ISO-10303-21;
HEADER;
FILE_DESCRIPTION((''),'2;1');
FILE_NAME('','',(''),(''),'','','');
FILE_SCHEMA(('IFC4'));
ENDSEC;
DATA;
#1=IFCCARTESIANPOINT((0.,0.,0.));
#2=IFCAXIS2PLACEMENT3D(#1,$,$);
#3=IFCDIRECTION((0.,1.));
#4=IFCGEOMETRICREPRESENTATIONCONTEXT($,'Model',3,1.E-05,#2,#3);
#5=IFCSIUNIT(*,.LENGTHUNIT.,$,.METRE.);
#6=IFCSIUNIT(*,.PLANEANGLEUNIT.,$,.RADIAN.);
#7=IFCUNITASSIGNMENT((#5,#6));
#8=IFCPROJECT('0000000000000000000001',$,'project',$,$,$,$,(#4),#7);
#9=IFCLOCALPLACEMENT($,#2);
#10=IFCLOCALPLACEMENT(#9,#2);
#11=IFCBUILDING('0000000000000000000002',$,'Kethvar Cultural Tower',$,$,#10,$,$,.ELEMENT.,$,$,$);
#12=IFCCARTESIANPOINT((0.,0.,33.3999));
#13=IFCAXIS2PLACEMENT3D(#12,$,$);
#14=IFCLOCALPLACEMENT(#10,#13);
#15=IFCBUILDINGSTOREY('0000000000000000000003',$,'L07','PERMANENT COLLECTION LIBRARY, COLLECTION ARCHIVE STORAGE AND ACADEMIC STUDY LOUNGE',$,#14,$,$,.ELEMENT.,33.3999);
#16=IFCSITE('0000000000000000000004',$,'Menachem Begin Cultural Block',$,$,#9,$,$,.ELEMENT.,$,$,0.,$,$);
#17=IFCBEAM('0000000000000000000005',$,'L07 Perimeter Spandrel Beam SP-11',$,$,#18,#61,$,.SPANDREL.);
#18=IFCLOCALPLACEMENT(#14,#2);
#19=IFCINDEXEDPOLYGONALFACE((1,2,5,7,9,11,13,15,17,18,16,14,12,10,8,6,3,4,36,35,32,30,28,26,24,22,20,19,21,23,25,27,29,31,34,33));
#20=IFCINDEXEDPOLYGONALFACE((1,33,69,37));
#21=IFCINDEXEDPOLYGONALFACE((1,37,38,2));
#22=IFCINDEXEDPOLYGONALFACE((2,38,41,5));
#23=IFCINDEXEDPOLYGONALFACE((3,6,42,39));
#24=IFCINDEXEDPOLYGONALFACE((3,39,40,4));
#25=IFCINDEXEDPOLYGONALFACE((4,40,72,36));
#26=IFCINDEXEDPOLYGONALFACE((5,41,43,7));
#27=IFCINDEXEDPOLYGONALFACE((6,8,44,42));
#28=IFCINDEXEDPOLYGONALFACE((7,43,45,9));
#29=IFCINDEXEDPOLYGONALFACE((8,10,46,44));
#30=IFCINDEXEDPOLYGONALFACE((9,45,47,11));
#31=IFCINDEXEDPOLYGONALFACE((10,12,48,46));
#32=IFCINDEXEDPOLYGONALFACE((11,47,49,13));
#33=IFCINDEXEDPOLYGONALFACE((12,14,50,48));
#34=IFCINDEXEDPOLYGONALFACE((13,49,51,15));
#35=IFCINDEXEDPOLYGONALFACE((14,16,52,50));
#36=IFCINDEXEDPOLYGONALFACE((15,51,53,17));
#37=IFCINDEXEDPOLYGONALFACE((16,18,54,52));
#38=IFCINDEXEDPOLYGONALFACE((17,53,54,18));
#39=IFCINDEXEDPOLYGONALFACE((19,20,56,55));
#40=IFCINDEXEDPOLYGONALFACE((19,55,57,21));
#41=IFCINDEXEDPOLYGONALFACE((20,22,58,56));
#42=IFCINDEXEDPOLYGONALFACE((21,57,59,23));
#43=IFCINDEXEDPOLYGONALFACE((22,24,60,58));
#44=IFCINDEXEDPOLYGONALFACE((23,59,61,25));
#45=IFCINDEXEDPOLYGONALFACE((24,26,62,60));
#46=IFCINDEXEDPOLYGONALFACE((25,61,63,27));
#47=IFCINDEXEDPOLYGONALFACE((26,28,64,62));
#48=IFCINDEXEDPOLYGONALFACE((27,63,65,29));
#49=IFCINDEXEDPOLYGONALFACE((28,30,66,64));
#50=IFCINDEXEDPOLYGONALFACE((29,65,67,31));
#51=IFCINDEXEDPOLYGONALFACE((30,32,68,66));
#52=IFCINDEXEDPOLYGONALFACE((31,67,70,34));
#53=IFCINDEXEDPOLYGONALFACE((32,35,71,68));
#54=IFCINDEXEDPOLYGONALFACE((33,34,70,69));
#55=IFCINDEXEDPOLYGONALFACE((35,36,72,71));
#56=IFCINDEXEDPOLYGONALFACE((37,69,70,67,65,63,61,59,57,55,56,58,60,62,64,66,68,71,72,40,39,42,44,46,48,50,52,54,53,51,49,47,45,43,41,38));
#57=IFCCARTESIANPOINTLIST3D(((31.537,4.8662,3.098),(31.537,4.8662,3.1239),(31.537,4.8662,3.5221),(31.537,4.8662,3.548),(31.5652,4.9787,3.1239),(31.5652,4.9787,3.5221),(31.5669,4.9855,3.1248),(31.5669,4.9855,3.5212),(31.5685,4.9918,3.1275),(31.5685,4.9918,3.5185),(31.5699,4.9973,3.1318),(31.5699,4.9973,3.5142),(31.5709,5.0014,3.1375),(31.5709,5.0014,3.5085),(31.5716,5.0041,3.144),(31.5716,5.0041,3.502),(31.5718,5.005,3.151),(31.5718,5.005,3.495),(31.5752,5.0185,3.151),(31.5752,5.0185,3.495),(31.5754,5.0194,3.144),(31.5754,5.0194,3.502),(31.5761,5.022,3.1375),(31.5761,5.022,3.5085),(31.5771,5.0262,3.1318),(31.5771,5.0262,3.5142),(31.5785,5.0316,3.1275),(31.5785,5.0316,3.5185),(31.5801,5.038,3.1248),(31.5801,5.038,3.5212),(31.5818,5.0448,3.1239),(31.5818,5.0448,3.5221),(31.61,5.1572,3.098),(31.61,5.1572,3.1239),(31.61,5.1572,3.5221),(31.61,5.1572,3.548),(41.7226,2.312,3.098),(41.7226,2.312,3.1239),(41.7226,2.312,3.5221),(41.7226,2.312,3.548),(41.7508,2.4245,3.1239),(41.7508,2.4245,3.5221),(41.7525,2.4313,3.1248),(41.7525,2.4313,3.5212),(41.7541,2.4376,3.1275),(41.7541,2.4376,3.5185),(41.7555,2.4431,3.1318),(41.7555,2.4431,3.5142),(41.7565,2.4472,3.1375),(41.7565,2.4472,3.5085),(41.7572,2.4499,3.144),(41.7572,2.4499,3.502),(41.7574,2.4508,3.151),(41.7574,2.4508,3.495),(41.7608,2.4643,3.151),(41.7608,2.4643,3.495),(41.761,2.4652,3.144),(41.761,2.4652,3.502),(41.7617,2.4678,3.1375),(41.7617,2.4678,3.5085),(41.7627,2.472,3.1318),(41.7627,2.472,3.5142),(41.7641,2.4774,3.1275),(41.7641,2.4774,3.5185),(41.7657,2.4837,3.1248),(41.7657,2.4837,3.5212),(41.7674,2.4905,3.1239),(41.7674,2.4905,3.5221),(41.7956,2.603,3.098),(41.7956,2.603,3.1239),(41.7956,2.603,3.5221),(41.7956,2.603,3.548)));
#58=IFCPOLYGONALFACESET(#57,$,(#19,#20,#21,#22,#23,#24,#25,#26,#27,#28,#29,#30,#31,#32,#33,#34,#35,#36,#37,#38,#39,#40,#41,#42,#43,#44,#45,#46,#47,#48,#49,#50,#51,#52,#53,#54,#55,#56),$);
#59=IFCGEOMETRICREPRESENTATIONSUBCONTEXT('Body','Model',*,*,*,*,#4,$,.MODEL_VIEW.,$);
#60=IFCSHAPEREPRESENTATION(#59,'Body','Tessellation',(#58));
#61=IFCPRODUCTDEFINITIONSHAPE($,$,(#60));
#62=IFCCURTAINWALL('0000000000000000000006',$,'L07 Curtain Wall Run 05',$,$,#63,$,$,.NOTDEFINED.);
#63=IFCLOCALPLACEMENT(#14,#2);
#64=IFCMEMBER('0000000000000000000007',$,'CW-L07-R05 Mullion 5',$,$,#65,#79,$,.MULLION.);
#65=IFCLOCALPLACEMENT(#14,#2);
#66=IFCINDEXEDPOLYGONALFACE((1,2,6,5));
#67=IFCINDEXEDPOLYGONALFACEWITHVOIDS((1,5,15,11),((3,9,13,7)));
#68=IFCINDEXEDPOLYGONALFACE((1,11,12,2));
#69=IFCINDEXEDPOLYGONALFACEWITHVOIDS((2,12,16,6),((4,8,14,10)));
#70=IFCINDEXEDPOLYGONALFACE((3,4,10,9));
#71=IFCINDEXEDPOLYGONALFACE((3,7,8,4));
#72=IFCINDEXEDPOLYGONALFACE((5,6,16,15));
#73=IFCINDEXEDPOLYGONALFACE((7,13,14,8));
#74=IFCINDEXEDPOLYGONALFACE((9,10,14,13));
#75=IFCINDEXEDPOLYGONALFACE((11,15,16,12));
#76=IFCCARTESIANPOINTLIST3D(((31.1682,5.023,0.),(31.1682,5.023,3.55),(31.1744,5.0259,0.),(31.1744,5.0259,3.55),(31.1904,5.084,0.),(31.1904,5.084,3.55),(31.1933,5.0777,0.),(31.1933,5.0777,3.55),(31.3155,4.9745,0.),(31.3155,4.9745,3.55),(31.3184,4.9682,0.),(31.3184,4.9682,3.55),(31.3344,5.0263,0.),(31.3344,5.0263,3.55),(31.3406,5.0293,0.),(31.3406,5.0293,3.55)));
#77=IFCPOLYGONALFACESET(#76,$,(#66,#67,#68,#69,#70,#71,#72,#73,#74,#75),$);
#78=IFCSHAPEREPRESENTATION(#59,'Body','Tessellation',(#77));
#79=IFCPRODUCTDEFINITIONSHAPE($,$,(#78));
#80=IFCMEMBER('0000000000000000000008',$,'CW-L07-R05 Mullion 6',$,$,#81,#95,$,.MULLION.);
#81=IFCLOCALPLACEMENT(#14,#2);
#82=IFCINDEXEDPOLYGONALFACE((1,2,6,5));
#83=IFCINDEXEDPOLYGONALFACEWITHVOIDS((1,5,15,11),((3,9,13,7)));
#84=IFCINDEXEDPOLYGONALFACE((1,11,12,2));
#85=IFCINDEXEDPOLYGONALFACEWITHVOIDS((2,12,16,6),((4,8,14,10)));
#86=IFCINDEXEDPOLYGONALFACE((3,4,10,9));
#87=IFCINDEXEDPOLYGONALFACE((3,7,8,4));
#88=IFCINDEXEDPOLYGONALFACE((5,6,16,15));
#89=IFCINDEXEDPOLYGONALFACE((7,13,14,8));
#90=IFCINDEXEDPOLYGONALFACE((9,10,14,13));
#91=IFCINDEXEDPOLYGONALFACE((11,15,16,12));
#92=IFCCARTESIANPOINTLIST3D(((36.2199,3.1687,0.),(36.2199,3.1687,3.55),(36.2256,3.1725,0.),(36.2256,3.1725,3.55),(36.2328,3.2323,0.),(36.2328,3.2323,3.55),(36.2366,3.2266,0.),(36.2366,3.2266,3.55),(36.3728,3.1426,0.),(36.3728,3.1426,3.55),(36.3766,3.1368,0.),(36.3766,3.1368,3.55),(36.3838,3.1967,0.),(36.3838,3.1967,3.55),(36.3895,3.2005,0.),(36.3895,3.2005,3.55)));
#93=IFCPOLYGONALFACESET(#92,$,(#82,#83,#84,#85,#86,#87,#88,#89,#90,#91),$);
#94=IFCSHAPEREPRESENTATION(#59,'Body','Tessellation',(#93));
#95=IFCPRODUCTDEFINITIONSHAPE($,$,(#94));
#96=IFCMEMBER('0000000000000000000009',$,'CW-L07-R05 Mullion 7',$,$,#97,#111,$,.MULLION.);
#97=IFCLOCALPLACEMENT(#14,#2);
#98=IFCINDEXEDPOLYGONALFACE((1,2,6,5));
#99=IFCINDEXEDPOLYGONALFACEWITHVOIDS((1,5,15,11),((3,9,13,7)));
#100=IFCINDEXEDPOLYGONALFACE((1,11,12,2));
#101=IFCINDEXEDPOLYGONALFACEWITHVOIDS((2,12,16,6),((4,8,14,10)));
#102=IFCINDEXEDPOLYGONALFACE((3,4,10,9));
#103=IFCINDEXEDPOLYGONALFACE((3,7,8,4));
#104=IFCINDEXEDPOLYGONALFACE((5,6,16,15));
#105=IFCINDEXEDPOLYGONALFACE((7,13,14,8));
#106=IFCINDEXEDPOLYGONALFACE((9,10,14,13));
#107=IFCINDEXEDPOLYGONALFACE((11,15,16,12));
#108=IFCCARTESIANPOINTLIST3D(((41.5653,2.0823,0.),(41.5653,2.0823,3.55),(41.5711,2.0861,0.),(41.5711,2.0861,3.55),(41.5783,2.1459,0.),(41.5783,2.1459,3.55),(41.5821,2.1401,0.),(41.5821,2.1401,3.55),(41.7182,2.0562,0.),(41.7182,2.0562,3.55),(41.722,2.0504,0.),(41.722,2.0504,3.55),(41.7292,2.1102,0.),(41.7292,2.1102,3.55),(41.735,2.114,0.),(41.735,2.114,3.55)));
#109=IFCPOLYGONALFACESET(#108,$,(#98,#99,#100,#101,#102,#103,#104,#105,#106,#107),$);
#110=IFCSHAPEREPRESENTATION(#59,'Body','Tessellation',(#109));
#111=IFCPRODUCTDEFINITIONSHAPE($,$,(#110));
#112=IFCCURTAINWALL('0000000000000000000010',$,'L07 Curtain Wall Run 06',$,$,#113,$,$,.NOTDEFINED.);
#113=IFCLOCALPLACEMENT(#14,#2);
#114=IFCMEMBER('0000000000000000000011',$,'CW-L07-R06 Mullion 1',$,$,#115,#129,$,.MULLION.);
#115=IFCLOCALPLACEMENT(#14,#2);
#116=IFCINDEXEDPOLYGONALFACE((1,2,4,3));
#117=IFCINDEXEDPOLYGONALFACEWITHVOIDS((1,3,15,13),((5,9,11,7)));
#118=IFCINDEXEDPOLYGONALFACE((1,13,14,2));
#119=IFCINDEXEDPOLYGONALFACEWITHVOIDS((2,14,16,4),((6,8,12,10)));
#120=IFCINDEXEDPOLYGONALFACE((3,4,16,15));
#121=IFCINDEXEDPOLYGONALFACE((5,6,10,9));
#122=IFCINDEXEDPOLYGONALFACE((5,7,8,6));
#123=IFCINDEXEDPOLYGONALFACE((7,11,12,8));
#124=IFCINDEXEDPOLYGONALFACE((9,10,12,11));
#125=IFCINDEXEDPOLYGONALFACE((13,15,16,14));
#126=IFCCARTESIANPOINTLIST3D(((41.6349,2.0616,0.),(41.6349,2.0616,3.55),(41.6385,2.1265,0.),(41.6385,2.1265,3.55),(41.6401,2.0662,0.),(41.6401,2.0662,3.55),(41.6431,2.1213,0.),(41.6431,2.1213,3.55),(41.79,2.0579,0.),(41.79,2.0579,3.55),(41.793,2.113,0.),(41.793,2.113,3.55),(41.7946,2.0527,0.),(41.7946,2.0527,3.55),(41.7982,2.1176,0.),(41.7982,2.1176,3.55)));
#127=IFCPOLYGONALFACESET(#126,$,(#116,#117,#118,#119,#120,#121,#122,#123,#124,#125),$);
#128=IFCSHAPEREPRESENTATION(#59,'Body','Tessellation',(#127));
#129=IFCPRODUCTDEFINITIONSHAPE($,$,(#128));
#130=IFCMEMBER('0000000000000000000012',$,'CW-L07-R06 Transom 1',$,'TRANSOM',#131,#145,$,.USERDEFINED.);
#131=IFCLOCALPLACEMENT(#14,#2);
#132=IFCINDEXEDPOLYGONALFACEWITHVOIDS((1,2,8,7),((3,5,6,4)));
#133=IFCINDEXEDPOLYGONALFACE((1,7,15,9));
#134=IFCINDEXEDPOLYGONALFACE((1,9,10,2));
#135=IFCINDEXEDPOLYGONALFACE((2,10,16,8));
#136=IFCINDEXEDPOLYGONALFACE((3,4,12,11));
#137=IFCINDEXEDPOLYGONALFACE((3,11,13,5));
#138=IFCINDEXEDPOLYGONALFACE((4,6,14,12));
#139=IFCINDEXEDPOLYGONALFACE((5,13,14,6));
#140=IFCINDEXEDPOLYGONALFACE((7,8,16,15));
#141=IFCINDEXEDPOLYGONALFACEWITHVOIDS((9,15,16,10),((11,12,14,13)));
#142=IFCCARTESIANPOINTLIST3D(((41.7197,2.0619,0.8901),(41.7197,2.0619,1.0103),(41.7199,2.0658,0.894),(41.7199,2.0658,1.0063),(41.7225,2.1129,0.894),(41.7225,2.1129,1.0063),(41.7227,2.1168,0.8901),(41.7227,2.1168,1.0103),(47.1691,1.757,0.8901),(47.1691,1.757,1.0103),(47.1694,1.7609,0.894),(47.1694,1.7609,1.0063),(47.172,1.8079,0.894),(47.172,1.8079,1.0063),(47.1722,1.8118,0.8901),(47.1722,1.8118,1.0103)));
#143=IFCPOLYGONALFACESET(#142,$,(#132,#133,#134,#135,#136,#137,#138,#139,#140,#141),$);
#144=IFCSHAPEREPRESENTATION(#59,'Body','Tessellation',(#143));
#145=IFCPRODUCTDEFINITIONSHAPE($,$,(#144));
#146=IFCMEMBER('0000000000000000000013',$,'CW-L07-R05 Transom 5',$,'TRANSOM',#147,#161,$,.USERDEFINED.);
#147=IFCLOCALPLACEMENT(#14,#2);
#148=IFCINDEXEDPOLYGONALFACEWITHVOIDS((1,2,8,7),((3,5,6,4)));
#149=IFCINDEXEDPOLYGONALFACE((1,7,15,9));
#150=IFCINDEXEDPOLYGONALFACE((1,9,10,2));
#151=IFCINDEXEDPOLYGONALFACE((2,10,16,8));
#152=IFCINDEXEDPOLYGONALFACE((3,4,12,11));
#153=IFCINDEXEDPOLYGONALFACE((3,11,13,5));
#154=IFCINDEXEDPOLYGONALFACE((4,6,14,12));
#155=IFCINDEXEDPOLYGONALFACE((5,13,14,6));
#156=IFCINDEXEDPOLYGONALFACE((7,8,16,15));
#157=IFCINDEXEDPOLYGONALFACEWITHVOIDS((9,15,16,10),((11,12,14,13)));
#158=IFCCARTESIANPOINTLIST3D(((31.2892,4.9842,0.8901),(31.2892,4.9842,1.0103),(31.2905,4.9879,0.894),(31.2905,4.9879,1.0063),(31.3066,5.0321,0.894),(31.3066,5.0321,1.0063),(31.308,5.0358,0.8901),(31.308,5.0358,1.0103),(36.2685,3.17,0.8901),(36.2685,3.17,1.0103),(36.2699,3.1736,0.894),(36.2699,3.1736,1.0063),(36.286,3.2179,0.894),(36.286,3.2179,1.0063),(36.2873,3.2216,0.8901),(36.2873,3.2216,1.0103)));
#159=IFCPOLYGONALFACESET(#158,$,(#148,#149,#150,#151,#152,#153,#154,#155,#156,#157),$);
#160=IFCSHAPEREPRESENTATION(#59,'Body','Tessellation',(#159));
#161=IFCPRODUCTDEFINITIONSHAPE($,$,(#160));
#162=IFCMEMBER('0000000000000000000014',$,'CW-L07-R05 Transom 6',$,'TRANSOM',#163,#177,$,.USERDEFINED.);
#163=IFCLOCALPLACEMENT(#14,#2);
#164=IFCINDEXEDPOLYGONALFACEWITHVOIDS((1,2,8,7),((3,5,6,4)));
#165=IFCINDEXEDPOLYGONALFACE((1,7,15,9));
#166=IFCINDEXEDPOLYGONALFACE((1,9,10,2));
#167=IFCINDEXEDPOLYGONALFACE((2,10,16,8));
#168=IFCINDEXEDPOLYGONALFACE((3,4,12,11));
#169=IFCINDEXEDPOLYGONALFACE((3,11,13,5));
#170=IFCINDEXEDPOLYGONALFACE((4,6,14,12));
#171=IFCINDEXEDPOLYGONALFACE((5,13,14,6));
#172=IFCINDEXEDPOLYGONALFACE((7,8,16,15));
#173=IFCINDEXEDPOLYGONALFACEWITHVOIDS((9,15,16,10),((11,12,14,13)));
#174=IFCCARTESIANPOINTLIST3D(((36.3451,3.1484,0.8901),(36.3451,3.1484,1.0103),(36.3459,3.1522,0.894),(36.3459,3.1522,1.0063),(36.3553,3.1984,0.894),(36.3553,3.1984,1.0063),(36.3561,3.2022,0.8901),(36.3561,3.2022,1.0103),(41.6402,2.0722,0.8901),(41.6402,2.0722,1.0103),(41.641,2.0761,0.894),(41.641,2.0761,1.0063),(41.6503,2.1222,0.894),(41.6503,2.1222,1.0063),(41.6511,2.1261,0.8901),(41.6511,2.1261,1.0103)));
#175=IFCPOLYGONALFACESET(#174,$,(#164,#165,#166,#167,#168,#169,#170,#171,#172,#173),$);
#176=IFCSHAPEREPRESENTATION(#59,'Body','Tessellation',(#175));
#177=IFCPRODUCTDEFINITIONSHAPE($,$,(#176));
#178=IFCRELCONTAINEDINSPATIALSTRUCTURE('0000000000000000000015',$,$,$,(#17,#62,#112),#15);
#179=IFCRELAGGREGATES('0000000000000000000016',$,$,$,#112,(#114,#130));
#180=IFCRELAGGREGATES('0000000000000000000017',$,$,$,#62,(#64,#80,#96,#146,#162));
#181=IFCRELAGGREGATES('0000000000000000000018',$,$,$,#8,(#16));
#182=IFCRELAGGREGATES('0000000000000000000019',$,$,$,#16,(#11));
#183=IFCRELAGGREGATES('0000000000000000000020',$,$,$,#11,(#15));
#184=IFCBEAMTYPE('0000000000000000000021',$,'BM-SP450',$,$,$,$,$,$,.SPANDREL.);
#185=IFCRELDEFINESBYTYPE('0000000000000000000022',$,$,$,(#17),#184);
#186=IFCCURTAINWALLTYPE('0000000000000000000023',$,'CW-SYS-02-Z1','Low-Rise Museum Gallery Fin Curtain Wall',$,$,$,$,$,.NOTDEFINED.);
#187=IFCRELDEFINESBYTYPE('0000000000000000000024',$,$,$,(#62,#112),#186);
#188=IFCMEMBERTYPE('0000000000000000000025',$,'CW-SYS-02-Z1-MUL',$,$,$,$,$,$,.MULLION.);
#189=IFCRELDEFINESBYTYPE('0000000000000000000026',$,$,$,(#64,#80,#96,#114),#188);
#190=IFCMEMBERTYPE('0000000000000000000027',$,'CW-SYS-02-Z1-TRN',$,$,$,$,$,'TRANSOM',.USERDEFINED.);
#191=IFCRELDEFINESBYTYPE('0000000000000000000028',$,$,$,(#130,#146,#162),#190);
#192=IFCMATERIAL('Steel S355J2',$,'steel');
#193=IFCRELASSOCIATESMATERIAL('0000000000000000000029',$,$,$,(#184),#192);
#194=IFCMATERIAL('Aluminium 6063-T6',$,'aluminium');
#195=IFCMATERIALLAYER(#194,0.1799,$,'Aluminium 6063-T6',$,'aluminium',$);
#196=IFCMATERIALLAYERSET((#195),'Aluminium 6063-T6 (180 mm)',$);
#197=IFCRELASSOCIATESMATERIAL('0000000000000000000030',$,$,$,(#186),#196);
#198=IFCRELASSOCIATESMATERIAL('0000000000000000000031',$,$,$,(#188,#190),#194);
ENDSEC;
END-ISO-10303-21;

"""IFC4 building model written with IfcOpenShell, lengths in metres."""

from ifc_helpers import new_model, si_unit, direction, frame, origin, origin_2d, place, context, subcontext, project, spatial, hollow_rectangle, i_section, extrude, source, transform, mapped, material, layer, layer_set, material_profile, profile_set, type_object, element, aggregate, save


model = new_model("IFC4")

# Units and contexts
model_context = context("Model", 3, precision=1e-05, world=origin(), true_north=direction((0.0, 1.0)))
body_context = subcontext(model_context, "Body", "Model", "MODEL_VIEW")
ifc_project = project(units=[si_unit("LENGTHUNIT", "METRE"), si_unit("PLANEANGLEUNIT", "RADIAN")], contexts=[model_context])

# Site, building, storey
site_placement = place(None, origin())
site = spatial("IfcSite", under=ifc_project, at=site_placement, Name="Menachem Begin Cultural Block", CompositionType="ELEMENT", RefElevation=0.0)
building_placement = place(site_placement, origin())
building = spatial("IfcBuilding", under=site, at=building_placement, Name="Kethvar Cultural Tower", CompositionType="ELEMENT")
storey_placement = place(building_placement, frame((0.0, 0.0, 33.3999)))
storey = spatial("IfcBuildingStorey", under=building, at=storey_placement, Name="L07", Description="PERMANENT COLLECTION LIBRARY, COLLECTION ARCHIVE STORAGE AND ACADEMIC STUDY LOUNGE", CompositionType="ELEMENT", Elevation=33.3999)

# Beam
ifc_material_1 = material(Name="Steel S355J2", Category="steel")
ifc_material_profile_1 = material_profile(ifc_material_1, i_section(OverallWidth=0.3, OverallDepth=0.45, WebThickness=0.0139, FlangeThickness=0.0259, FilletRadius=0.0271, at=origin_2d()), Name="Steel S355J2 — HEB450")
ifc_profile_set_1 = profile_set([ifc_material_profile_1], Name="Steel S355J2 — HEB450")
beam_type_1 = type_object("IfcBeamType", Name="BM-SP450", PredefinedType="SPANDREL", material=ifc_profile_set_1)
shared_shape_1 = source(origin(), body_context, "Body", "SweptSolid", [
    extrude(i_section(OverallWidth=0.3, OverallDepth=0.45, WebThickness=0.0139, FlangeThickness=0.0259, FilletRadius=0.0271, at=origin_2d()), origin(), (0.0, 0.0, 1.0), 10.501),
])
beam_1_placement = place(storey_placement, frame((31.5735, 5.0117, 3.323), z_axis=(0.969967, -0.243236, 0.0), x_axis=(0.243236, 0.969967, 0.0)))
element("IfcBeam", 1, at=beam_1_placement, inside=storey, type_object=beam_type_1, Name="L07 Perimeter Spandrel Beam SP-11", PredefinedType="SPANDREL", context=body_context, shape_type="MappedRepresentation", body=[
    mapped(shared_shape_1, transform((0.0, 0.0, 0.0), scale=1.0)),
])

# Curtain walls, members
ifc_material_2 = material(Name="Aluminium 6063-T6", Category="aluminium")
ifc_layer_1 = layer(ifc_material_2, 0.1799, Name="Aluminium 6063-T6", Category="aluminium")
ifc_layer_set_1 = layer_set([ifc_layer_1], Name="Aluminium 6063-T6 (180 mm)")
curtain_wall_type = type_object("IfcCurtainWallType", Name="CW-SYS-02-Z1", Description="Low-Rise Museum Gallery Fin Curtain Wall", PredefinedType="NOTDEFINED", material=ifc_layer_set_1)
curtain_wall_1_placement = place(storey_placement, origin())
curtain_wall_1 = element("IfcCurtainWall", 2, at=curtain_wall_1_placement, inside=storey, type_object=curtain_wall_type, Name="L07 Curtain Wall Run 05", PredefinedType="NOTDEFINED")
ifc_material_profile_2 = material_profile(ifc_material_2, hollow_rectangle(XDim=0.0649, YDim=0.1599, WallThickness=0.0049, at=origin_2d()), Name="Aluminium 6063-T6 — RHS160x65x5")
ifc_profile_set_2 = profile_set([ifc_material_profile_2], Name="Aluminium 6063-T6 — RHS160x65x5")
member_type_1 = type_object("IfcMemberType", Name="CW-SYS-02-Z1-MUL", PredefinedType="MULLION", material=ifc_profile_set_2)
shared_shape_2 = source(origin(), body_context, "Body", "SweptSolid", [
    extrude(hollow_rectangle(XDim=0.0649, YDim=0.1599, WallThickness=0.0049, at=origin_2d()), origin(), (0.0, 0.0, 1.0), 3.55),
])
member_1_placement = place(storey_placement, frame((31.2544, 5.0261, 0.0), z_axis=(0.0, 0.0, 1.0), x_axis=(0.342365, 0.939567, 0.0)))
member_1 = element("IfcMember", 3, at=member_1_placement, type_object=member_type_1, Name="CW-L07-R05 Mullion 5", PredefinedType="MULLION", context=body_context, shape_type="MappedRepresentation", body=[
    mapped(shared_shape_2, transform((0.0, 0.0, 0.0), scale=1.0)),
])
member_2_placement = place(storey_placement, frame((36.3047, 3.1846, 0.0), z_axis=(0.0, 0.0, 1.0), x_axis=(0.19918, 0.979963, 0.0)))
member_2 = element("IfcMember", 4, at=member_2_placement, type_object=member_type_1, Name="CW-L07-R05 Mullion 6", PredefinedType="MULLION", context=body_context, shape_type="MappedRepresentation", body=[
    mapped(shared_shape_2, transform((0.0, 0.0, 0.0), scale=1.0)),
])
member_3_placement = place(storey_placement, frame((41.6501, 2.0981, 0.0), z_axis=(0.0, 0.0, 1.0), x_axis=(0.19918, 0.979963, 0.0)))
member_3 = element("IfcMember", 5, at=member_3_placement, type_object=member_type_1, Name="CW-L07-R05 Mullion 7", PredefinedType="MULLION", context=body_context, shape_type="MappedRepresentation", body=[
    mapped(shared_shape_2, transform((0.0, 0.0, 0.0), scale=1.0)),
])
curtain_wall_2_placement = place(storey_placement, origin())
curtain_wall_2 = element("IfcCurtainWall", 6, at=curtain_wall_2_placement, inside=storey, type_object=curtain_wall_type, Name="L07 Curtain Wall Run 06", PredefinedType="NOTDEFINED")
member_4_placement = place(storey_placement, frame((41.7166, 2.0896, 0.0), z_axis=(0.0, 0.0, 1.0), x_axis=(0.055856, 0.998439, 0.0)))
member_4 = element("IfcMember", 7, at=member_4_placement, type_object=member_type_1, Name="CW-L07-R06 Mullion 1", PredefinedType="MULLION", context=body_context, shape_type="MappedRepresentation", body=[
    mapped(shared_shape_2, transform((0.0, 0.0, 0.0), scale=1.0)),
])
ifc_material_profile_3 = material_profile(ifc_material_2, hollow_rectangle(XDim=0.0549, YDim=0.1201, WallThickness=0.0039, at=origin_2d()), Name="Aluminium 6063-T6 — RHS120x55x4")
ifc_profile_set_3 = profile_set([ifc_material_profile_3], Name="Aluminium 6063-T6 — RHS120x55x4")
member_type_2 = type_object("IfcMemberType", Name="CW-SYS-02-Z1-TRN", ElementType="TRANSOM", PredefinedType="USERDEFINED", material=ifc_profile_set_3)
shared_shape_3 = source(origin(), body_context, "Body", "SweptSolid", [
    extrude(hollow_rectangle(XDim=0.0549, YDim=0.1201, WallThickness=0.0039, at=origin_2d()), origin(), (0.0, 0.0, 1.0), 5.458),
])
member_5_placement = place(storey_placement, frame((41.7212, 2.0894, 0.9502), z_axis=(0.998438, -0.055869, 0.0), x_axis=(0.055869, 0.998438, 0.0)))
member_5 = element("IfcMember", 8, at=member_5_placement, type_object=member_type_2, Name="CW-L07-R06 Transom 1", ObjectType="TRANSOM", PredefinedType="USERDEFINED", context=body_context, shape_type="MappedRepresentation", body=[
    mapped(shared_shape_3, transform((0.0, 0.0, 0.0), scale=1.0)),
])

# Members
shared_shape_4 = source(origin(), body_context, "Body", "SweptSolid", [
    extrude(hollow_rectangle(XDim=0.0549, YDim=0.1201, WallThickness=0.0039, at=origin_2d()), origin(), (0.0, 0.0, 1.0), 5.2996),
])
member_6_placement = place(storey_placement, frame((31.2986, 5.01, 0.9502), z_axis=(0.939577, -0.342339, 0.0), x_axis=(0.342339, 0.939577, 0.0)))
member_6 = element("IfcMember", 9, at=member_6_placement, type_object=member_type_2, Name="CW-L07-R05 Transom 5", ObjectType="TRANSOM", PredefinedType="USERDEFINED", context=body_context, shape_type="MappedRepresentation", body=[
    mapped(shared_shape_4, transform((0.0, 0.0, 0.0), scale=1.0)),
])
shared_shape_5 = source(origin(), body_context, "Body", "SweptSolid", [
    extrude(hollow_rectangle(XDim=0.0549, YDim=0.1201, WallThickness=0.0039, at=origin_2d()), origin(), (0.0, 0.0, 1.0), 5.4033),
])
member_7_placement = place(storey_placement, frame((36.3506, 3.1753, 0.9502), z_axis=(0.979966, -0.199165, 0.0), x_axis=(0.199165, 0.979966, 0.0)))
member_7 = element("IfcMember", 10, at=member_7_placement, type_object=member_type_2, Name="CW-L07-R05 Transom 6", ObjectType="TRANSOM", PredefinedType="USERDEFINED", context=body_context, shape_type="MappedRepresentation", body=[
    mapped(shared_shape_5, transform((0.0, 0.0, 0.0), scale=1.0)),
])

aggregate(curtain_wall_2, [member_4, member_5])
aggregate(curtain_wall_1, [member_1, member_2, member_3, member_6, member_7])

save(model, "model.ifc")
